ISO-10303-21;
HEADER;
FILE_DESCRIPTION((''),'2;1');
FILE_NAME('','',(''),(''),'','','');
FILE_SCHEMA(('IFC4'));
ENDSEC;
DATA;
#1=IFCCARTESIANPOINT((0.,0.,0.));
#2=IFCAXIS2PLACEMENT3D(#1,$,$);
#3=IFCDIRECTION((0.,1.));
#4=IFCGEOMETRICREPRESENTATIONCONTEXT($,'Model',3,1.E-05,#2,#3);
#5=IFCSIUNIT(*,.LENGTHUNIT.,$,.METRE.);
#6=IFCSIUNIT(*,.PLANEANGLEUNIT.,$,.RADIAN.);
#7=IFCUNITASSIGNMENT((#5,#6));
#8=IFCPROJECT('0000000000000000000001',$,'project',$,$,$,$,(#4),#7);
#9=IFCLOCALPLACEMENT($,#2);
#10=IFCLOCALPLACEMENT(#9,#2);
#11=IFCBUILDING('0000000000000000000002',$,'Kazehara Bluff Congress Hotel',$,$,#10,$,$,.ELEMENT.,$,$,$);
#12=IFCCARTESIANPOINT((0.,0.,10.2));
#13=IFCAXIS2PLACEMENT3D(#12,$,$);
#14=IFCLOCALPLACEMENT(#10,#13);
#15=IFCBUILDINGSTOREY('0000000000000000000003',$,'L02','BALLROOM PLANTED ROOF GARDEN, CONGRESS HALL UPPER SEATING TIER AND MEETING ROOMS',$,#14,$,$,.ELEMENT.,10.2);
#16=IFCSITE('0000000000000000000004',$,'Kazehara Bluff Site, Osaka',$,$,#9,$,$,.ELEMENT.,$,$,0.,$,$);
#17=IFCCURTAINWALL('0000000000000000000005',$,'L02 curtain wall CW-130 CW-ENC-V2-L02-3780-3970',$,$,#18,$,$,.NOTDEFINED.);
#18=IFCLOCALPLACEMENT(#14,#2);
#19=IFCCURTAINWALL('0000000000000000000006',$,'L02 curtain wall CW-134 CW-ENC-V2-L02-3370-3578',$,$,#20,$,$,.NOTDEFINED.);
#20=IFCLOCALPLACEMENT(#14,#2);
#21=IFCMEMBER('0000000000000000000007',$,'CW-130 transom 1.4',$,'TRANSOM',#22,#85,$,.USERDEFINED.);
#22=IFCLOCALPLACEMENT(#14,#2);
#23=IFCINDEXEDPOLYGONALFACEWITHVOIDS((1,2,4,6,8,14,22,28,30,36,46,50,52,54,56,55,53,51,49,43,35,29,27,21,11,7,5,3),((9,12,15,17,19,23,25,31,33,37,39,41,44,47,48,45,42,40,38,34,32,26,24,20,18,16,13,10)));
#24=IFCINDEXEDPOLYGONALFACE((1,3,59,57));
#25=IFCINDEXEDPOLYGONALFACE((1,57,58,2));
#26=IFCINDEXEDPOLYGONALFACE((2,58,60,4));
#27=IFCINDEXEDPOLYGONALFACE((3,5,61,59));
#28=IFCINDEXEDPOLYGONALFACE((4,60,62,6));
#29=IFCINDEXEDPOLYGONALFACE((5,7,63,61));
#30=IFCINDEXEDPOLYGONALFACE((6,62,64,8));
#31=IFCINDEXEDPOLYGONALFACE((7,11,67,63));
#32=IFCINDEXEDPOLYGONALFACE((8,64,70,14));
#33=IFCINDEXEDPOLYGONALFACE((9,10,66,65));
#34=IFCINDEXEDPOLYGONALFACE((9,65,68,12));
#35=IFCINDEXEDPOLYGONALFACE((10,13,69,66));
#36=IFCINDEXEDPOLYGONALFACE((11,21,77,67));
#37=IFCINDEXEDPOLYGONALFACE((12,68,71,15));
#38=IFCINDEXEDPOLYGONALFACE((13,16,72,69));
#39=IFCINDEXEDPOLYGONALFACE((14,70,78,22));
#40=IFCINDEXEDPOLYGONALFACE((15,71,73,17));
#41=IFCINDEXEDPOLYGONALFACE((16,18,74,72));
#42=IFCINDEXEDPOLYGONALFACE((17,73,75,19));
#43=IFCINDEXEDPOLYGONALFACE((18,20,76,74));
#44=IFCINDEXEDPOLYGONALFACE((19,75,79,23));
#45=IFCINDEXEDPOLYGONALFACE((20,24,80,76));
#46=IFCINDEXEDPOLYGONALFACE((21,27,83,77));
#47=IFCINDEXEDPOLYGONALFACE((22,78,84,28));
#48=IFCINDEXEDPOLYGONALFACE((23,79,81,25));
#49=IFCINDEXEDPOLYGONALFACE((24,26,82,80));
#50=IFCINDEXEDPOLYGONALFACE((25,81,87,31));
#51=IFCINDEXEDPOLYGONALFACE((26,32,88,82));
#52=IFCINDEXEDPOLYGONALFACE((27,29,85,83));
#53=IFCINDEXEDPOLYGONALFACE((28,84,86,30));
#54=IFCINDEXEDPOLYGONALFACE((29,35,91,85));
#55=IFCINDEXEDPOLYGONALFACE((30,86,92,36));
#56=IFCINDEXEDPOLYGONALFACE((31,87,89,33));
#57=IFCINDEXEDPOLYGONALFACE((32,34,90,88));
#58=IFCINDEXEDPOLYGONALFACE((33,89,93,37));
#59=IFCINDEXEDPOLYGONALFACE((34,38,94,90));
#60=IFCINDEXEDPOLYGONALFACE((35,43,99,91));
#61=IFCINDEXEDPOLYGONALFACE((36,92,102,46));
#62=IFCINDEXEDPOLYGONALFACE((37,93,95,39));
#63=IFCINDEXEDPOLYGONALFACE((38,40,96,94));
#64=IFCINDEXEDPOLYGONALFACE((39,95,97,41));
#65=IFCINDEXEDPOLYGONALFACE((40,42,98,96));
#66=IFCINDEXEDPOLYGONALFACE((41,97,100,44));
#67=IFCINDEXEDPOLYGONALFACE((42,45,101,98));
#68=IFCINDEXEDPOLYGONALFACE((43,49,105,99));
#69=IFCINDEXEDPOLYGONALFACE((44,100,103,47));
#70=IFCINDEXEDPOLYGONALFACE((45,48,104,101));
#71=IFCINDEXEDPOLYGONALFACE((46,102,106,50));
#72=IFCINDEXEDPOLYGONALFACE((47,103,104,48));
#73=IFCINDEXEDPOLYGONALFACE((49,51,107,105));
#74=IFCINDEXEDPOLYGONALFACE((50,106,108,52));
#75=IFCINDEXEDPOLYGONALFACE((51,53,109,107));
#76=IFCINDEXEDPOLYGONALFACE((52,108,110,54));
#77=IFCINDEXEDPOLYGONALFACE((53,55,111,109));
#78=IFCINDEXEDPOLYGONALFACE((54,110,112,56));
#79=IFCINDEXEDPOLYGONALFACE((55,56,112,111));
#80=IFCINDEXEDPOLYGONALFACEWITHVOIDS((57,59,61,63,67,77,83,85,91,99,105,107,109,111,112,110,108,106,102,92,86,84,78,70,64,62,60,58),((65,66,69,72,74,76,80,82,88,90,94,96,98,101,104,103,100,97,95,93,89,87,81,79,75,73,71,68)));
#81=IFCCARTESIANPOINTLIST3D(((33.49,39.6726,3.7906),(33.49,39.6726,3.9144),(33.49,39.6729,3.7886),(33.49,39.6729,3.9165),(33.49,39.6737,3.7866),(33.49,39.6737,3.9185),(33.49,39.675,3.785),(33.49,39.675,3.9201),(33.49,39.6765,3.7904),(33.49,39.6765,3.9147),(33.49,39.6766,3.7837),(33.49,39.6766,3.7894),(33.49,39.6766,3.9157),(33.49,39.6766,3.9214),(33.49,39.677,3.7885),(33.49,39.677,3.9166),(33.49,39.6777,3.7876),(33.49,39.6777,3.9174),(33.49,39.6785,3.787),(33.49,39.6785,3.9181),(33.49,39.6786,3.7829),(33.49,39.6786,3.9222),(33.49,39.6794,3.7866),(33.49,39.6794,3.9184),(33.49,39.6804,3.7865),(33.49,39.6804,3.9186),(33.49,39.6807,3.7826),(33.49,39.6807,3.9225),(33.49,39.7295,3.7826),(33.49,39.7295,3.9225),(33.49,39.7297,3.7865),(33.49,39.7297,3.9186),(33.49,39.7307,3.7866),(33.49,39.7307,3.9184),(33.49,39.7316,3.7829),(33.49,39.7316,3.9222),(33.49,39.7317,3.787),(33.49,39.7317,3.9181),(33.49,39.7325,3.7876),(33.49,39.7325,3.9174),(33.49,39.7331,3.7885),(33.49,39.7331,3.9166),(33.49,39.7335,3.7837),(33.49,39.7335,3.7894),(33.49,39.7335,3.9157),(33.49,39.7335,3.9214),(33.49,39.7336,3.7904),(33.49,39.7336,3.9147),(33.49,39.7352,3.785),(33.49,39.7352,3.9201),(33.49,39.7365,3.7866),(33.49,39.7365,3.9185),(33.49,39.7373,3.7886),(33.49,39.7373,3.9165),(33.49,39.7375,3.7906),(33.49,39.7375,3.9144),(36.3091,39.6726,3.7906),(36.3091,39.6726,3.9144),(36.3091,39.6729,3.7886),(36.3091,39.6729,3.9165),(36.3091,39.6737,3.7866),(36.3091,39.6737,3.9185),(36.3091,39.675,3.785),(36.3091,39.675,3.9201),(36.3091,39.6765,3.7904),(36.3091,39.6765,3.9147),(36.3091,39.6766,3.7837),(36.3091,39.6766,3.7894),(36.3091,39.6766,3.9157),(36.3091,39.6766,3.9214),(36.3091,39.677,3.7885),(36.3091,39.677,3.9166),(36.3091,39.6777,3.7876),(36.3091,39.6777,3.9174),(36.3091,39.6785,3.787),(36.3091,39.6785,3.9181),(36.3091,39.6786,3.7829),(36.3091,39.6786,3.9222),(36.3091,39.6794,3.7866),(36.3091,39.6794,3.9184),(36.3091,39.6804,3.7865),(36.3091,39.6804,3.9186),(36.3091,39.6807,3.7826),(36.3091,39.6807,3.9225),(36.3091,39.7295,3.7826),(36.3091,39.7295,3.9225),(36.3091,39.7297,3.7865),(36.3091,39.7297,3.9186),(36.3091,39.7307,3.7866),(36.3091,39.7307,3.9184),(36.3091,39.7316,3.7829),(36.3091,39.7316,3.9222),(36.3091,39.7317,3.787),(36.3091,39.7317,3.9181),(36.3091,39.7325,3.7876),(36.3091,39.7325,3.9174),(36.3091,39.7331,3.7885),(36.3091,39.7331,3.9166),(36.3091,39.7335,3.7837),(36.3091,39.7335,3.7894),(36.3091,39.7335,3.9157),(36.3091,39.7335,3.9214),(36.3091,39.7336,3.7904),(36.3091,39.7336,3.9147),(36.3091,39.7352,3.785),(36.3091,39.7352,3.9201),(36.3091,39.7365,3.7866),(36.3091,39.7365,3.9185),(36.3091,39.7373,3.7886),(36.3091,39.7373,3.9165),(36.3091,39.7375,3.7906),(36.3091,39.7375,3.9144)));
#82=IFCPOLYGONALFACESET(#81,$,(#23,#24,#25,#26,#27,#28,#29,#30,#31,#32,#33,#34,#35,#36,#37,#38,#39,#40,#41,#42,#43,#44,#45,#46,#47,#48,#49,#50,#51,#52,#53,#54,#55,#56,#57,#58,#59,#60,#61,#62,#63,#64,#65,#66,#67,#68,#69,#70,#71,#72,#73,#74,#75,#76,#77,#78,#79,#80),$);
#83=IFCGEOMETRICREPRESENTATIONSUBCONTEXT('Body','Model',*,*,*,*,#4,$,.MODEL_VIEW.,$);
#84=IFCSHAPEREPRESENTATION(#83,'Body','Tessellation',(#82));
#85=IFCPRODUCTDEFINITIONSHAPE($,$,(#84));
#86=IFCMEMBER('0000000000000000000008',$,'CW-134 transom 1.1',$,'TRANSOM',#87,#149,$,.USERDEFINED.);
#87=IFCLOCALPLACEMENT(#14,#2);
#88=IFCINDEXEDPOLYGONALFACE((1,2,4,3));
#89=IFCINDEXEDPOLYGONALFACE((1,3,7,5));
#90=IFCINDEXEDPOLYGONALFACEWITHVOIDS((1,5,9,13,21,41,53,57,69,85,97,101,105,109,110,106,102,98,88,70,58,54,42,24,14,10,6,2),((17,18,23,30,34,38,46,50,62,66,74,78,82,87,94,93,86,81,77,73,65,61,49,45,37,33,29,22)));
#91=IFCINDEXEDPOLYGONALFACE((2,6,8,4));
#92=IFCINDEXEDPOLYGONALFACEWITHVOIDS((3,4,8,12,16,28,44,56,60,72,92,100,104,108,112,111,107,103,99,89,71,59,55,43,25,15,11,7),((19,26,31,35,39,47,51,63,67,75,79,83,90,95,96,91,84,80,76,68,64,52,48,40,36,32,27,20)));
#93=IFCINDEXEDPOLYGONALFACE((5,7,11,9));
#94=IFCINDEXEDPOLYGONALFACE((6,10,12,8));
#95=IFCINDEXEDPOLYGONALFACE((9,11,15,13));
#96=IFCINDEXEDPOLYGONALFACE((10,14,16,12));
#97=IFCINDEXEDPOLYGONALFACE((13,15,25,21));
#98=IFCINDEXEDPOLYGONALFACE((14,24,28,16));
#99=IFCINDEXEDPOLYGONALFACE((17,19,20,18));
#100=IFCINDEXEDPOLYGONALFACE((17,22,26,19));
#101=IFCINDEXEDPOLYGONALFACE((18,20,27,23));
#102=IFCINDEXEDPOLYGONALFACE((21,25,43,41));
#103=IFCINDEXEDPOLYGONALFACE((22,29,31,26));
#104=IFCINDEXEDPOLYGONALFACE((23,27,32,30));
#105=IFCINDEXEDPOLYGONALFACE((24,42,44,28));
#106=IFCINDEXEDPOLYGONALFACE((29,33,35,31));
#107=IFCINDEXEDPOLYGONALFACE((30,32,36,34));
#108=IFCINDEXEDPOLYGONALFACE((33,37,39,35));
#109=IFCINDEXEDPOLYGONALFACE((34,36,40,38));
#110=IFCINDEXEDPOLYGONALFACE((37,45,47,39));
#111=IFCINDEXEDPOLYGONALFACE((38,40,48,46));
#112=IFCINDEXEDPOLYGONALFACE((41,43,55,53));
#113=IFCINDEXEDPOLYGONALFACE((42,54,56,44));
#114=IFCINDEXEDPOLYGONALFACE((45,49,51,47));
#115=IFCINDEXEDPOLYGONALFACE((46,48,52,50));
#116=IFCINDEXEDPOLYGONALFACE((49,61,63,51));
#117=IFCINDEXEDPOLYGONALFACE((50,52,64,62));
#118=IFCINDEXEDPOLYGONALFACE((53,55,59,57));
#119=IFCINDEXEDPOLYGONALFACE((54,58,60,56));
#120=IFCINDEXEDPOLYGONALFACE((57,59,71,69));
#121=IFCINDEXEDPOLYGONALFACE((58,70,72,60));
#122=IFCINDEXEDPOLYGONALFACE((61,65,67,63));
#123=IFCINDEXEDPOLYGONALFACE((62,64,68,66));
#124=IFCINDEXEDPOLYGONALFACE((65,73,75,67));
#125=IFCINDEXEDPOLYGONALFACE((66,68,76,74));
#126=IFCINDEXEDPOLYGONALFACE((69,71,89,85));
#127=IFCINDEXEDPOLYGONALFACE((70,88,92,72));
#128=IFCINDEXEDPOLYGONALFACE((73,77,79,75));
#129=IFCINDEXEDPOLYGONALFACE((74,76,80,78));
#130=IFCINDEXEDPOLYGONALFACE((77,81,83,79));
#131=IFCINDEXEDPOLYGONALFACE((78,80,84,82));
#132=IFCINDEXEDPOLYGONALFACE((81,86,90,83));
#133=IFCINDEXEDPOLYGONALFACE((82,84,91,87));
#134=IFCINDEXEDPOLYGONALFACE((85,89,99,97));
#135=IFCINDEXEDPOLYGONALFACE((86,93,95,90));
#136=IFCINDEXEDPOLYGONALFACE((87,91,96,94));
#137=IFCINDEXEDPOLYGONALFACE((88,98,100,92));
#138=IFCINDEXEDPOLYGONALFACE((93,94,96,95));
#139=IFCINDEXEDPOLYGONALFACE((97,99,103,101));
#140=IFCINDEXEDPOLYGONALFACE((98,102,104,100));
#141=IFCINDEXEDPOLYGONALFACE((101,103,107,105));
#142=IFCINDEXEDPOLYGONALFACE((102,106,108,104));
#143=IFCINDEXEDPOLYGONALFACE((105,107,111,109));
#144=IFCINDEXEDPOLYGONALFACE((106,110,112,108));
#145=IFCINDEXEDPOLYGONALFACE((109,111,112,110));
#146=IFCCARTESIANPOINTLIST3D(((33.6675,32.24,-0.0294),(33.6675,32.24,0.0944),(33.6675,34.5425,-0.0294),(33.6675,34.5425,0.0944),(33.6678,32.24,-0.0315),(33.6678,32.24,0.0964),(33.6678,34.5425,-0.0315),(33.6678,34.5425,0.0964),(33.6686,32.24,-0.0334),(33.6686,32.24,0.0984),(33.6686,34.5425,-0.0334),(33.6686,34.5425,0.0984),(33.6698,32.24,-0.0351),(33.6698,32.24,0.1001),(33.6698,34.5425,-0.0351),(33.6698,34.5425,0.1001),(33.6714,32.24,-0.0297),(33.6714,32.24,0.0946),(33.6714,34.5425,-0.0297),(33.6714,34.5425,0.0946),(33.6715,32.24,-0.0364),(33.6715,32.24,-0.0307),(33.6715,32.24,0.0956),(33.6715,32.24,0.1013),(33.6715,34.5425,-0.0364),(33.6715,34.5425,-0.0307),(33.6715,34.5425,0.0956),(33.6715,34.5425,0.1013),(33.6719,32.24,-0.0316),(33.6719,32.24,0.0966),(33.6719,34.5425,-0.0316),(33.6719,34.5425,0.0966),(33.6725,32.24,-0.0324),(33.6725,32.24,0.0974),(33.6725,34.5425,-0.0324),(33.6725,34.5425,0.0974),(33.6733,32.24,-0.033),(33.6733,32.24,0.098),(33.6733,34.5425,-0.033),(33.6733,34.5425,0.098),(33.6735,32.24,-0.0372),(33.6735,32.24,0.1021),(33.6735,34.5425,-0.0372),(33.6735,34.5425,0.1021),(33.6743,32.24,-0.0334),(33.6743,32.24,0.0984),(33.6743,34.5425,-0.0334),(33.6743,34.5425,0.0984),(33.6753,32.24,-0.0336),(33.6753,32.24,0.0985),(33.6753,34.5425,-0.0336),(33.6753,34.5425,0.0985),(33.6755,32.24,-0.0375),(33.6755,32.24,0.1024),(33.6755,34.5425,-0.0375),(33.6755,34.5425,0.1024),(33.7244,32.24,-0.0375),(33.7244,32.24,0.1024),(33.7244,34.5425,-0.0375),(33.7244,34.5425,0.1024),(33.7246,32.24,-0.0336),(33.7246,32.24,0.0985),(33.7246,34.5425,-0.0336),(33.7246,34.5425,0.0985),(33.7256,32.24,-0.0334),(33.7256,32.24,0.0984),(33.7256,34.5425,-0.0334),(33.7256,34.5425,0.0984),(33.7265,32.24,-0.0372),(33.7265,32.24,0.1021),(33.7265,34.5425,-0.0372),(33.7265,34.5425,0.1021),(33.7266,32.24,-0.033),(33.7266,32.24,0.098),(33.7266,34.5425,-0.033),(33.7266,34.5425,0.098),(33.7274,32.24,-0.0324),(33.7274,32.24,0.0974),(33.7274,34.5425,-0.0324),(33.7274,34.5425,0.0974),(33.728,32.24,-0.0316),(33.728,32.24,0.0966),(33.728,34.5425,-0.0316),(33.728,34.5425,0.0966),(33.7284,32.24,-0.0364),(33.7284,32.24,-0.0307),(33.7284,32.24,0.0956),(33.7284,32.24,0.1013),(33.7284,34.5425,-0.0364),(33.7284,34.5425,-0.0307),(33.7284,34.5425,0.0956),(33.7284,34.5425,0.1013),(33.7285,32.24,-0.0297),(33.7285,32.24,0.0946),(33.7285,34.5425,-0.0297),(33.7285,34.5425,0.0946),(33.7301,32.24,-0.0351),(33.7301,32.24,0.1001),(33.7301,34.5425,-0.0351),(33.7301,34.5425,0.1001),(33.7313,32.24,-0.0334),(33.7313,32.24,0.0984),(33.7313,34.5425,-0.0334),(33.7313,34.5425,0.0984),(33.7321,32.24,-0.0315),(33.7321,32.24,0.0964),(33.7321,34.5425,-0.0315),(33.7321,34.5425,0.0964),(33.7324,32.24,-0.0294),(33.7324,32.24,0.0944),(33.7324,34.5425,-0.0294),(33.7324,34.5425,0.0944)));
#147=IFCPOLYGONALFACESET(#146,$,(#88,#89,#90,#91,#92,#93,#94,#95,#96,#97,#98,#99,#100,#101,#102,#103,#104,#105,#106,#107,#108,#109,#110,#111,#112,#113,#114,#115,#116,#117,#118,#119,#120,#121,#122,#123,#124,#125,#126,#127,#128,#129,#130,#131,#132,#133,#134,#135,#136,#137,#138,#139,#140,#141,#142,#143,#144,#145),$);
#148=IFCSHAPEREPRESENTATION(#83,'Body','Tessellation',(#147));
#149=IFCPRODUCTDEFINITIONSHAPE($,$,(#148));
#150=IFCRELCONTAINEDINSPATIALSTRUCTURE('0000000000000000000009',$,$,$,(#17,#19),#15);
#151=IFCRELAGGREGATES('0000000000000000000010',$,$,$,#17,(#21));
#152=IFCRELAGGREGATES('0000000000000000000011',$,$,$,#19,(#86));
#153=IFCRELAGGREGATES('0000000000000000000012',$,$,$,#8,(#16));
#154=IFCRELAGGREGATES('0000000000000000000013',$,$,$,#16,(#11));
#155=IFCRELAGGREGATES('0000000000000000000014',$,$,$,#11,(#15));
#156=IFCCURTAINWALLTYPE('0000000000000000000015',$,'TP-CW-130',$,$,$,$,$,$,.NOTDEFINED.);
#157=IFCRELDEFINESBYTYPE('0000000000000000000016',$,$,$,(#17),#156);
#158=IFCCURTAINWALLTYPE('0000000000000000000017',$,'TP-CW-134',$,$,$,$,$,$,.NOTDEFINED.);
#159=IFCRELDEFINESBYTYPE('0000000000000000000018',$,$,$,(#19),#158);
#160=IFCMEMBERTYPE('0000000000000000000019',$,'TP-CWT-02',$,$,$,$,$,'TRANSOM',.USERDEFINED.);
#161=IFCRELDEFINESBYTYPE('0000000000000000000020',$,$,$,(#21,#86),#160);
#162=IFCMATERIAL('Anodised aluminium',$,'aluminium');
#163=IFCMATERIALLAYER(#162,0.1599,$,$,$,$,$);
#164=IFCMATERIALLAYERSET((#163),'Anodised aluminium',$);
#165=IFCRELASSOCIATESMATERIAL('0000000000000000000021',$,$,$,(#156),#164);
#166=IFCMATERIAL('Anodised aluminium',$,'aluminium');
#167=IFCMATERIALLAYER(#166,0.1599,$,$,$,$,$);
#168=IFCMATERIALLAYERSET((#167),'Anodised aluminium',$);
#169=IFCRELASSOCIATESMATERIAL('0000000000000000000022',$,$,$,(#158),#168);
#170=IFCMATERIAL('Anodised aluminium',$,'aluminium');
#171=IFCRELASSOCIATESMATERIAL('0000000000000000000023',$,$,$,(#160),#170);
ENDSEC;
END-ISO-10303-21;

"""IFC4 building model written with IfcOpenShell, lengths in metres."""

from ifc_helpers import new_model, si_unit, direction, frame, origin, origin_2d, place, context, subcontext, project, spatial, hollow_rectangle, extrude, material, layer, layer_set, material_profile, profile_set, type_object, element, aggregate, save


model = new_model("IFC4")

# Units and contexts
model_context = context("Model", 3, precision=1e-05, world=origin(), true_north=direction((0.0, 1.0)))
body_context = subcontext(model_context, "Body", "Model", "MODEL_VIEW")
ifc_project = project(units=[si_unit("LENGTHUNIT", "METRE"), si_unit("PLANEANGLEUNIT", "RADIAN")], contexts=[model_context])

# Site, building, storey
site_placement = place(None, origin())
site = spatial("IfcSite", under=ifc_project, at=site_placement, Name="Kazehara Bluff Site, Osaka", CompositionType="ELEMENT", RefElevation=0.0)
building_placement = place(site_placement, origin())
building = spatial("IfcBuilding", under=site, at=building_placement, Name="Kazehara Bluff Congress Hotel", CompositionType="ELEMENT")
storey_placement = place(building_placement, frame((0.0, 0.0, 10.2)))
storey = spatial("IfcBuildingStorey", under=building, at=storey_placement, Name="L02", Description="BALLROOM PLANTED ROOF GARDEN, CONGRESS HALL UPPER SEATING TIER AND MEETING ROOMS", CompositionType="ELEMENT", Elevation=10.2)

# Curtain walls
ifc_material_1 = material(Name="Anodised aluminium", Category="aluminium")
ifc_layer_1 = layer(ifc_material_1, 0.1599)
ifc_layer_set_1 = layer_set([ifc_layer_1], Name="Anodised aluminium")
curtain_wall_type_1 = type_object("IfcCurtainWallType", Name="TP-CW-130", PredefinedType="NOTDEFINED", material=ifc_layer_set_1)
curtain_wall_1_placement = place(storey_placement, origin())
curtain_wall_1 = element("IfcCurtainWall", 1, at=curtain_wall_1_placement, inside=storey, type_object=curtain_wall_type_1, Name="L02 curtain wall CW-130 CW-ENC-V2-L02-3780-3970", PredefinedType="NOTDEFINED")
ifc_material_2 = material(Name="Anodised aluminium", Category="aluminium")
ifc_layer_2 = layer(ifc_material_2, 0.1599)
ifc_layer_set_2 = layer_set([ifc_layer_2], Name="Anodised aluminium")
curtain_wall_type_2 = type_object("IfcCurtainWallType", Name="TP-CW-134", PredefinedType="NOTDEFINED", material=ifc_layer_set_2)
curtain_wall_2_placement = place(storey_placement, origin())
curtain_wall_2 = element("IfcCurtainWall", 2, at=curtain_wall_2_placement, inside=storey, type_object=curtain_wall_type_2, Name="L02 curtain wall CW-134 CW-ENC-V2-L02-3370-3578", PredefinedType="NOTDEFINED")

# Members
ifc_material_3 = material(Name="Anodised aluminium", Category="aluminium")
ifc_material_profile_1 = material_profile(ifc_material_3, hollow_rectangle(XDim=0.0649, YDim=0.1399, WallThickness=0.0039, InnerFilletRadius=0.0039, OuterFilletRadius=0.0081, at=origin_2d()))
ifc_profile_set_1 = profile_set([ifc_material_profile_1], Name="Anodised aluminium")
member_type_1 = type_object("IfcMemberType", Name="TP-CWT-02", ElementType="TRANSOM", PredefinedType="USERDEFINED", material=ifc_profile_set_1)
member_1_placement = place(storey_placement, frame((33.49, 39.7051, 3.8525), z_axis=(1.0, 0.0, 0.0), x_axis=(0.0, 1.0, 0.0)))
member_1 = element("IfcMember", 3, at=member_1_placement, type_object=member_type_1, Name="CW-130 transom 1.4", ObjectType="TRANSOM", PredefinedType="USERDEFINED", context=body_context, shape_type="SweptSolid", body=[
    extrude(hollow_rectangle(XDim=0.0649, YDim=0.1399, WallThickness=0.0039, InnerFilletRadius=0.0039, OuterFilletRadius=0.0081, at=origin_2d()), origin(), (0.0, 0.0, 1.0), 2.8191),
])
aggregate(curtain_wall_1, [member_1])
member_2_placement = place(storey_placement, frame((33.7, 32.24, 0.0325), z_axis=(0.0, 1.0, 0.0), x_axis=(-1.0, 0.0, 0.0)))
member_2 = element("IfcMember", 4, at=member_2_placement, type_object=member_type_1, Name="CW-134 transom 1.1", ObjectType="TRANSOM", PredefinedType="USERDEFINED", context=body_context, shape_type="SweptSolid", body=[
    extrude(hollow_rectangle(XDim=0.0649, YDim=0.1399, WallThickness=0.0039, InnerFilletRadius=0.0039, OuterFilletRadius=0.0081, at=origin_2d()), origin(), (0.0, 0.0, 1.0), 2.3025),
])
aggregate(curtain_wall_2, [member_2])

save(model, "model.ifc")
